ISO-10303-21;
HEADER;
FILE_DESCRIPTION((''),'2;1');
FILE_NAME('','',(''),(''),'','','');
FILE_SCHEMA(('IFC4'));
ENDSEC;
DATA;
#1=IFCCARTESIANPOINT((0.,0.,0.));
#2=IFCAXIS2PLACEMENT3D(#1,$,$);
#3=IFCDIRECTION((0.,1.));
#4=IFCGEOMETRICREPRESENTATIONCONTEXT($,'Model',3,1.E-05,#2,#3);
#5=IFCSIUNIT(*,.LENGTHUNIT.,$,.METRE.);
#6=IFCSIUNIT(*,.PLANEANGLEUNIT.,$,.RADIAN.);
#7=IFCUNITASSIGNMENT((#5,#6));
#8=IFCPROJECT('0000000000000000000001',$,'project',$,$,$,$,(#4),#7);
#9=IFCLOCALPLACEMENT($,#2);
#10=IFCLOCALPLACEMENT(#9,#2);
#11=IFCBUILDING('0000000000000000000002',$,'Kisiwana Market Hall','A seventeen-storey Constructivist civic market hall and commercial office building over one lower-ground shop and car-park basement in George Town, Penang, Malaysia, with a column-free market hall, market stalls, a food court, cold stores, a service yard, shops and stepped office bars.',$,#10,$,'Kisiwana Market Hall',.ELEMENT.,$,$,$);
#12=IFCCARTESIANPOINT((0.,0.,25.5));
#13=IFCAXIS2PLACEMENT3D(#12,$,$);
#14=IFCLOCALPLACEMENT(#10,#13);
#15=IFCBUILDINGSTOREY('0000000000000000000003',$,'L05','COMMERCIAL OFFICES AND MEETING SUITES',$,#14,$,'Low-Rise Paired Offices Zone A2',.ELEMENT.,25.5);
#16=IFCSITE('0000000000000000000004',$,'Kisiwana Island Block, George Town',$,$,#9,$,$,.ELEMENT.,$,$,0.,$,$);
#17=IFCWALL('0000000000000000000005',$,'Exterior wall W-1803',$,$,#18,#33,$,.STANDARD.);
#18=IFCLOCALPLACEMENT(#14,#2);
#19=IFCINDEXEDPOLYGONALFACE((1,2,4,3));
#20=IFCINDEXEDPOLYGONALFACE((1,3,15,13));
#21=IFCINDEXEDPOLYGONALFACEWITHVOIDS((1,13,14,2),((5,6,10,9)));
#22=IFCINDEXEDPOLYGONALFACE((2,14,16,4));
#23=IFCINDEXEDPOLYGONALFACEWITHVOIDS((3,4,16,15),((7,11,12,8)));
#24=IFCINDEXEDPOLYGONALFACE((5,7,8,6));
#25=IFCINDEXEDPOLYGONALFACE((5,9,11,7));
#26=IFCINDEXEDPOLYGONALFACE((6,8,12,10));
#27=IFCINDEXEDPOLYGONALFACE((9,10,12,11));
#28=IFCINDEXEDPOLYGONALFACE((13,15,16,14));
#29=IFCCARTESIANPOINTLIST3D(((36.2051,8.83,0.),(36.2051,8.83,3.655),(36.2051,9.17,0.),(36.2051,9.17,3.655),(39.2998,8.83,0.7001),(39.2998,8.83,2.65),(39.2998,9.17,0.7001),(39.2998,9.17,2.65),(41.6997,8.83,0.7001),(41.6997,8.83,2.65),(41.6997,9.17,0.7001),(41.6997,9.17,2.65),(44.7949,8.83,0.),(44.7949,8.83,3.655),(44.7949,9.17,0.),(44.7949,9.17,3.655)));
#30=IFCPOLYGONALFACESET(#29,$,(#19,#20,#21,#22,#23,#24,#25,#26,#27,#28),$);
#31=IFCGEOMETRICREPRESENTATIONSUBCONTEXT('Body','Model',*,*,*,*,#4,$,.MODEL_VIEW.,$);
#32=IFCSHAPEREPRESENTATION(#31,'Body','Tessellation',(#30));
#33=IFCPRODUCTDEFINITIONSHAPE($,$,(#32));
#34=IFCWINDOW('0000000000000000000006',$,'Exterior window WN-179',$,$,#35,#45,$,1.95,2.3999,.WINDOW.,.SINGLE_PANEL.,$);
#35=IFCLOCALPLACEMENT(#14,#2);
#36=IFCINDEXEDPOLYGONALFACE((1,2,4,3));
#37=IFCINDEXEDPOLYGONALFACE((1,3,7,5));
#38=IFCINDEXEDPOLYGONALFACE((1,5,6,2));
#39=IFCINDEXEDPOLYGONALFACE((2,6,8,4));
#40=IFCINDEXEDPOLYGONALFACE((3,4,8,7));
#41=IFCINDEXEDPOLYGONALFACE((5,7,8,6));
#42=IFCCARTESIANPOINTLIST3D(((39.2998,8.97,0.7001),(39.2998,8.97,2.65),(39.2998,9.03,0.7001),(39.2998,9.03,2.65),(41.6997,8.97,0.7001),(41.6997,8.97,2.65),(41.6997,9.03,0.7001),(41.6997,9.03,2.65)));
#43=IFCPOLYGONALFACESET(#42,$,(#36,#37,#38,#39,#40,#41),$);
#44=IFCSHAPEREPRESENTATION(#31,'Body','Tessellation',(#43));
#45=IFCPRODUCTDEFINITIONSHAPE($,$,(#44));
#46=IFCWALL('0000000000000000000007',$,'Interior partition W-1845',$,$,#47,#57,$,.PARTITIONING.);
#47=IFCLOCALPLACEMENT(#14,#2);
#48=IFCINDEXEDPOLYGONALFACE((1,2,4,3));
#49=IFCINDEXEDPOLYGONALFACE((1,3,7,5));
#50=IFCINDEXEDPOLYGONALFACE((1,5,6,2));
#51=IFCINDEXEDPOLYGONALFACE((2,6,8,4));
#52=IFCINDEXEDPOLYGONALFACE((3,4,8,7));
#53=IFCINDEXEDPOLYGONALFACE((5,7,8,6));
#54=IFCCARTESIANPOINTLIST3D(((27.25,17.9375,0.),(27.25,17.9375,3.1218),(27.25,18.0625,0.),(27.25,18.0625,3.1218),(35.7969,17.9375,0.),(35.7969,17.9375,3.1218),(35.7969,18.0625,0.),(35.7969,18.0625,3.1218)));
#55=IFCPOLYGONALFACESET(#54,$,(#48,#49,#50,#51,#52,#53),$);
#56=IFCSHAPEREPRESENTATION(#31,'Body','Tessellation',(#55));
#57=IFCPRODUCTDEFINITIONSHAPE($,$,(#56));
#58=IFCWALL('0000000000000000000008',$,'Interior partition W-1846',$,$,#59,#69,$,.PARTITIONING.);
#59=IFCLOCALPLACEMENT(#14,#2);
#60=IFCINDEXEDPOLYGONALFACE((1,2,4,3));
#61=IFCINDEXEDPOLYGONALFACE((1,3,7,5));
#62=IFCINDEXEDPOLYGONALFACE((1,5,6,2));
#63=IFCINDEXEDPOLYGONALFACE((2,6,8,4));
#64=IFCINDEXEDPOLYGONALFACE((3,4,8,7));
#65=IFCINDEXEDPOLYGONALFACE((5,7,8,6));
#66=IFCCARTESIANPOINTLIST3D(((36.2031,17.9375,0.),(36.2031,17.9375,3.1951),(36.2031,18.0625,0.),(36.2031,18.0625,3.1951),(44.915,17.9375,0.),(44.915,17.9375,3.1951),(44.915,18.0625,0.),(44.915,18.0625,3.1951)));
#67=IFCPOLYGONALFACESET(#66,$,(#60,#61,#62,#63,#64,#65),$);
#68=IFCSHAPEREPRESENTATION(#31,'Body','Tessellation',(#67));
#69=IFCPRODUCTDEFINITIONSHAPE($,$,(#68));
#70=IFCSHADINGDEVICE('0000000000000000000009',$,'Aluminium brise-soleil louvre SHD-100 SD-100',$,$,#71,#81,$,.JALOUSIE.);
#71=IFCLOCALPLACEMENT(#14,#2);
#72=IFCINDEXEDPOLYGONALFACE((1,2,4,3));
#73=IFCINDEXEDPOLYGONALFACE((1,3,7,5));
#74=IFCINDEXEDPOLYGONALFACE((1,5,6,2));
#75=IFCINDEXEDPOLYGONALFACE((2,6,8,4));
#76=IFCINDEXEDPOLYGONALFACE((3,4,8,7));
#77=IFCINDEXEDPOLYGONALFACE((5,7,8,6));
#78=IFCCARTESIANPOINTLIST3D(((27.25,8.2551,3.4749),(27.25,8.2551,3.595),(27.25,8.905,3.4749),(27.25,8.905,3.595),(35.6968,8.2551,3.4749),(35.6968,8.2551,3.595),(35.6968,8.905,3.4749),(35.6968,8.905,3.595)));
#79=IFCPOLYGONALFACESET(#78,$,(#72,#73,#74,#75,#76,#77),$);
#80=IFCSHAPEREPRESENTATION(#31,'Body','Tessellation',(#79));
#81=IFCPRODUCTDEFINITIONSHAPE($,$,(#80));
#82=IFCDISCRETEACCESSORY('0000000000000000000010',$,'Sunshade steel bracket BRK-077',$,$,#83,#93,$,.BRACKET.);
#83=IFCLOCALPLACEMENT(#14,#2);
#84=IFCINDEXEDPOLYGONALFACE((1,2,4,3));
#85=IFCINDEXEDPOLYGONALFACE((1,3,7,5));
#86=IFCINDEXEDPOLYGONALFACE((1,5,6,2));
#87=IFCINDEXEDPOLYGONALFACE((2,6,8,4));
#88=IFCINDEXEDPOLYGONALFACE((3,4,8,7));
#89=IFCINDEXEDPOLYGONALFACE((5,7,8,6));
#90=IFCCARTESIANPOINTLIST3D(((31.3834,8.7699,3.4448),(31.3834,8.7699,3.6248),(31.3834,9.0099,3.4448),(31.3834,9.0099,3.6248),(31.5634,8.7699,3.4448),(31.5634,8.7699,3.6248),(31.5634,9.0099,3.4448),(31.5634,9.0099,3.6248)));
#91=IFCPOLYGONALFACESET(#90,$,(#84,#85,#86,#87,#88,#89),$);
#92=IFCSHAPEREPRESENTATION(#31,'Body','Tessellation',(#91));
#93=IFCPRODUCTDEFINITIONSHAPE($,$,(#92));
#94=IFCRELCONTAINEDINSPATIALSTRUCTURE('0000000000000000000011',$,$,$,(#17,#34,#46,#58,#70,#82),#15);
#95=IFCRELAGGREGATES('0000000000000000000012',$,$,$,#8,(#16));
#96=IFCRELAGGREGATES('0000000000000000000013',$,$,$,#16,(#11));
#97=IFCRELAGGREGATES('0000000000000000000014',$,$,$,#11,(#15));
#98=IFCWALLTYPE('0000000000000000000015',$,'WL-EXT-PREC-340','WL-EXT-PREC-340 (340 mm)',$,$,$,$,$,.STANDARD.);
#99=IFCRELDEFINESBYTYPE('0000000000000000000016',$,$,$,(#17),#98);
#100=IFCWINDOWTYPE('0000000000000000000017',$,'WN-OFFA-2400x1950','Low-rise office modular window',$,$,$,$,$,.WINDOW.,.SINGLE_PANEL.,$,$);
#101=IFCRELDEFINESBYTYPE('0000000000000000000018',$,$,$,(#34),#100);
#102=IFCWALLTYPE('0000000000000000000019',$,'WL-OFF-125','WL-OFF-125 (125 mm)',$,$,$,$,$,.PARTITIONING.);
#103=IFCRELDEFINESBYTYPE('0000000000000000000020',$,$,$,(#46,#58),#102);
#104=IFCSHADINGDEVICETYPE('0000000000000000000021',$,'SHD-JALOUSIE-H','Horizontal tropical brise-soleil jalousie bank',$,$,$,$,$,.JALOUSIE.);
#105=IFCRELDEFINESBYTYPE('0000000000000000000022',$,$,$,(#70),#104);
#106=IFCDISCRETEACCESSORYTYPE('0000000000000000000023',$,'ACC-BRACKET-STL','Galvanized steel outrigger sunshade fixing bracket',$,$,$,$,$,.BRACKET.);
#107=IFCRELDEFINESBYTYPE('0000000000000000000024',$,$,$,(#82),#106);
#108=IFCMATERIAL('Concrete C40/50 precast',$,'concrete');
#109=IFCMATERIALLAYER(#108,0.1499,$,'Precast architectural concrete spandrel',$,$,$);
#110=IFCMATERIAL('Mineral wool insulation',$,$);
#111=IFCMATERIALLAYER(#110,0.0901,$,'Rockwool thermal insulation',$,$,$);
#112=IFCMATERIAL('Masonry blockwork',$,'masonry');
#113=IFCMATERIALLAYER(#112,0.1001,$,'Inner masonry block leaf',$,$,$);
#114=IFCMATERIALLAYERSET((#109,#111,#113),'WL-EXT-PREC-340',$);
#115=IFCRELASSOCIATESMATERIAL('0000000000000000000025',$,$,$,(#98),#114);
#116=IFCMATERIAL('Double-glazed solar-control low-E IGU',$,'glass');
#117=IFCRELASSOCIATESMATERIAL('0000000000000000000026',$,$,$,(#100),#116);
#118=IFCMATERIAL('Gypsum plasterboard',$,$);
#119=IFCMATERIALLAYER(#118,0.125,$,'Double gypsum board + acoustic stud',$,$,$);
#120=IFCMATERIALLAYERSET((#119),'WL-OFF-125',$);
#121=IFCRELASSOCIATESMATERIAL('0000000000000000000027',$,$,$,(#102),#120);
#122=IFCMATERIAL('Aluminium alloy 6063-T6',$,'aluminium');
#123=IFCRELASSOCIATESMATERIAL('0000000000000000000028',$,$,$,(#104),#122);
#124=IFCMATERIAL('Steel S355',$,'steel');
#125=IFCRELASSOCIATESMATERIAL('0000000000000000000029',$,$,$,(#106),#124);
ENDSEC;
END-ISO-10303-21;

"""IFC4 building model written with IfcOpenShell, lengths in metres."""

from ifc_helpers import new_model, si_unit, direction, frame, frame_2d, origin, origin_2d, place, context, subcontext, project, spatial, rectangle, extrude, material, layer, layer_set, type_object, element, fill, save


model = new_model("IFC4")

# Units and contexts
model_context = context("Model", 3, precision=1e-05, world=origin(), true_north=direction((0.0, 1.0)))
body_context = subcontext(model_context, "Body", "Model", "MODEL_VIEW")
ifc_project = project(units=[si_unit("LENGTHUNIT", "METRE"), si_unit("PLANEANGLEUNIT", "RADIAN")], contexts=[model_context])

# Site, building, storey
site_placement = place(None, origin())
site = spatial("IfcSite", under=ifc_project, at=site_placement, Name="Kisiwana Island Block, George Town", CompositionType="ELEMENT", RefElevation=0.0)
building_placement = place(site_placement, origin())
building = spatial("IfcBuilding", under=site, at=building_placement, Name="Kisiwana Market Hall", Description="A seventeen-storey Constructivist civic market hall and commercial office building over one lower-ground shop and car-park basement in George Town, Penang, Malaysia, with a column-free market hall, market stalls, a food court, cold stores, a service yard, shops and stepped office bars.", LongName="Kisiwana Market Hall", CompositionType="ELEMENT")
storey_placement = place(building_placement, frame((0.0, 0.0, 25.5)))
storey = spatial("IfcBuildingStorey", under=building, at=storey_placement, Name="L05", Description="COMMERCIAL OFFICES AND MEETING SUITES", LongName="Low-Rise Paired Offices Zone A2", CompositionType="ELEMENT", Elevation=25.5)

# Wall, opening, window
ifc_material_1 = material(Name="Concrete C40/50 precast", Category="concrete")
ifc_layer_1 = layer(ifc_material_1, 0.1499, Name="Precast architectural concrete spandrel")
ifc_material_2 = material(Name="Mineral wool insulation")
ifc_layer_2 = layer(ifc_material_2, 0.0901, Name="Rockwool thermal insulation")
ifc_material_3 = material(Name="Masonry blockwork", Category="masonry")
ifc_layer_3 = layer(ifc_material_3, 0.1001, Name="Inner masonry block leaf")
ifc_layer_set_1 = layer_set([ifc_layer_1, ifc_layer_2, ifc_layer_3], Name="WL-EXT-PREC-340")
wall_type_1 = type_object("IfcWallType", Name="WL-EXT-PREC-340", Description="WL-EXT-PREC-340 (340 mm)", PredefinedType="STANDARD", material=ifc_layer_set_1)
wall_1_placement = place(storey_placement, frame((36.2051, 9.0, 0.0), z_axis=(0.0, 0.0, 1.0), x_axis=(1.0, 0.0, 0.0)))
wall_1 = element("IfcWall", 1, at=wall_1_placement, inside=storey, type_object=wall_type_1, Name="Exterior wall W-1803", PredefinedType="STANDARD", context=body_context, shape_type="SweptSolid", body=[
    extrude(rectangle(XDim=8.5898, YDim=0.3401, at=frame_2d((4.2949, 0.0))), origin(), (0.0, 0.0, 1.0), 3.655),
])
opening_placement = place(wall_1_placement, frame((3.0947, 0.0, 0.7)))
opening = element("IfcOpeningElement", 2, at=opening_placement, cuts=wall_1, PredefinedType="OPENING", context=body_context, shape_type="SweptSolid", body=[
    extrude(rectangle(XDim=2.3999, YDim=1.95, at=frame_2d((1.2, 0.9751))), frame((0.0, 0.1821, 0.0), z_axis=(0.0, -1.0, 0.0), x_axis=(1.0, 0.0, 0.0)), (0.0, 0.0, 1.0), 0.364),
])
ifc_material_4 = material(Name="Double-glazed solar-control low-E IGU", Category="glass")
window_type = type_object("IfcWindowType", Name="WN-OFFA-2400x1950", Description="Low-rise office modular window", PartitioningType="SINGLE_PANEL", PredefinedType="WINDOW", material=ifc_material_4)
window_placement = place(opening_placement, origin())
window = element("IfcWindow", 3, at=window_placement, inside=storey, type_object=window_type, Name="Exterior window WN-179", OverallHeight=1.95, OverallWidth=2.3999, PartitioningType="SINGLE_PANEL", PredefinedType="WINDOW", context=body_context, shape_type="SweptSolid", body=[
    extrude(rectangle(XDim=2.3999, YDim=1.95, at=frame_2d((1.2, 0.9751))), frame((0.0, 0.03, 0.0), z_axis=(0.0, -1.0, 0.0), x_axis=(1.0, 0.0, 0.0)), (0.0, 0.0, 1.0), 0.0601),
])
fill(opening, window)

# Walls
ifc_material_5 = material(Name="Gypsum plasterboard")
ifc_layer_4 = layer(ifc_material_5, 0.125, Name="Double gypsum board + acoustic stud")
ifc_layer_set_2 = layer_set([ifc_layer_4], Name="WL-OFF-125")
wall_type_2 = type_object("IfcWallType", Name="WL-OFF-125", Description="WL-OFF-125 (125 mm)", PredefinedType="PARTITIONING", material=ifc_layer_set_2)
wall_2_placement = place(storey_placement, frame((27.25, 18.0, 0.0), z_axis=(0.0, 0.0, 1.0), x_axis=(1.0, 0.0, 0.0)))
element("IfcWall", 4, at=wall_2_placement, inside=storey, type_object=wall_type_2, Name="Interior partition W-1845", PredefinedType="PARTITIONING", context=body_context, shape_type="SweptSolid", body=[
    extrude(rectangle(XDim=8.5469, YDim=0.125, at=frame_2d((4.2734, 0.0))), origin(), (0.0, 0.0, 1.0), 3.1218),
])
wall_3_placement = place(storey_placement, frame((36.2031, 18.0, 0.0), z_axis=(0.0, 0.0, 1.0), x_axis=(1.0, 0.0, 0.0)))
element("IfcWall", 5, at=wall_3_placement, inside=storey, type_object=wall_type_2, Name="Interior partition W-1846", PredefinedType="PARTITIONING", context=body_context, shape_type="SweptSolid", body=[
    extrude(rectangle(XDim=8.7119, YDim=0.125, at=frame_2d((4.356, 0.0))), origin(), (0.0, 0.0, 1.0), 3.1951),
])

# Shading device
ifc_material_6 = material(Name="Aluminium alloy 6063-T6", Category="aluminium")
shading_device_type = type_object("IfcShadingDeviceType", Name="SHD-JALOUSIE-H", Description="Horizontal tropical brise-soleil jalousie bank", PredefinedType="JALOUSIE", material=ifc_material_6)
shading_device_placement = place(storey_placement, frame((31.4734, 8.5801, 3.4749), z_axis=(0.0, 0.0, 1.0), x_axis=(1.0, 0.0, 0.0)))
element("IfcShadingDevice", 6, at=shading_device_placement, inside=storey, type_object=shading_device_type, Name="Aluminium brise-soleil louvre SHD-100 SD-100", PredefinedType="JALOUSIE", context=body_context, shape_type="SweptSolid", body=[
    extrude(rectangle(XDim=8.4468, YDim=0.6499, at=origin_2d()), origin(), (0.0, 0.0, 1.0), 0.1201),
])

# Discrete accessory
ifc_material_7 = material(Name="Steel S355", Category="steel")
discrete_accessory_type = type_object("IfcDiscreteAccessoryType", Name="ACC-BRACKET-STL", Description="Galvanized steel outrigger sunshade fixing bracket", PredefinedType="BRACKET", material=ifc_material_7)
discrete_accessory_placement = place(storey_placement, frame((31.4734, 8.8899, 3.4448), z_axis=(0.0, 0.0, 1.0), x_axis=(1.0, 0.0, 0.0)))
element("IfcDiscreteAccessory", 7, at=discrete_accessory_placement, inside=storey, type_object=discrete_accessory_type, Name="Sunshade steel bracket BRK-077", PredefinedType="BRACKET", context=body_context, shape_type="SweptSolid", body=[
    extrude(rectangle(XDim=0.1799, YDim=0.24, at=origin_2d()), origin(), (0.0, 0.0, 1.0), 0.1799),
])

save(model, "model.ifc")
